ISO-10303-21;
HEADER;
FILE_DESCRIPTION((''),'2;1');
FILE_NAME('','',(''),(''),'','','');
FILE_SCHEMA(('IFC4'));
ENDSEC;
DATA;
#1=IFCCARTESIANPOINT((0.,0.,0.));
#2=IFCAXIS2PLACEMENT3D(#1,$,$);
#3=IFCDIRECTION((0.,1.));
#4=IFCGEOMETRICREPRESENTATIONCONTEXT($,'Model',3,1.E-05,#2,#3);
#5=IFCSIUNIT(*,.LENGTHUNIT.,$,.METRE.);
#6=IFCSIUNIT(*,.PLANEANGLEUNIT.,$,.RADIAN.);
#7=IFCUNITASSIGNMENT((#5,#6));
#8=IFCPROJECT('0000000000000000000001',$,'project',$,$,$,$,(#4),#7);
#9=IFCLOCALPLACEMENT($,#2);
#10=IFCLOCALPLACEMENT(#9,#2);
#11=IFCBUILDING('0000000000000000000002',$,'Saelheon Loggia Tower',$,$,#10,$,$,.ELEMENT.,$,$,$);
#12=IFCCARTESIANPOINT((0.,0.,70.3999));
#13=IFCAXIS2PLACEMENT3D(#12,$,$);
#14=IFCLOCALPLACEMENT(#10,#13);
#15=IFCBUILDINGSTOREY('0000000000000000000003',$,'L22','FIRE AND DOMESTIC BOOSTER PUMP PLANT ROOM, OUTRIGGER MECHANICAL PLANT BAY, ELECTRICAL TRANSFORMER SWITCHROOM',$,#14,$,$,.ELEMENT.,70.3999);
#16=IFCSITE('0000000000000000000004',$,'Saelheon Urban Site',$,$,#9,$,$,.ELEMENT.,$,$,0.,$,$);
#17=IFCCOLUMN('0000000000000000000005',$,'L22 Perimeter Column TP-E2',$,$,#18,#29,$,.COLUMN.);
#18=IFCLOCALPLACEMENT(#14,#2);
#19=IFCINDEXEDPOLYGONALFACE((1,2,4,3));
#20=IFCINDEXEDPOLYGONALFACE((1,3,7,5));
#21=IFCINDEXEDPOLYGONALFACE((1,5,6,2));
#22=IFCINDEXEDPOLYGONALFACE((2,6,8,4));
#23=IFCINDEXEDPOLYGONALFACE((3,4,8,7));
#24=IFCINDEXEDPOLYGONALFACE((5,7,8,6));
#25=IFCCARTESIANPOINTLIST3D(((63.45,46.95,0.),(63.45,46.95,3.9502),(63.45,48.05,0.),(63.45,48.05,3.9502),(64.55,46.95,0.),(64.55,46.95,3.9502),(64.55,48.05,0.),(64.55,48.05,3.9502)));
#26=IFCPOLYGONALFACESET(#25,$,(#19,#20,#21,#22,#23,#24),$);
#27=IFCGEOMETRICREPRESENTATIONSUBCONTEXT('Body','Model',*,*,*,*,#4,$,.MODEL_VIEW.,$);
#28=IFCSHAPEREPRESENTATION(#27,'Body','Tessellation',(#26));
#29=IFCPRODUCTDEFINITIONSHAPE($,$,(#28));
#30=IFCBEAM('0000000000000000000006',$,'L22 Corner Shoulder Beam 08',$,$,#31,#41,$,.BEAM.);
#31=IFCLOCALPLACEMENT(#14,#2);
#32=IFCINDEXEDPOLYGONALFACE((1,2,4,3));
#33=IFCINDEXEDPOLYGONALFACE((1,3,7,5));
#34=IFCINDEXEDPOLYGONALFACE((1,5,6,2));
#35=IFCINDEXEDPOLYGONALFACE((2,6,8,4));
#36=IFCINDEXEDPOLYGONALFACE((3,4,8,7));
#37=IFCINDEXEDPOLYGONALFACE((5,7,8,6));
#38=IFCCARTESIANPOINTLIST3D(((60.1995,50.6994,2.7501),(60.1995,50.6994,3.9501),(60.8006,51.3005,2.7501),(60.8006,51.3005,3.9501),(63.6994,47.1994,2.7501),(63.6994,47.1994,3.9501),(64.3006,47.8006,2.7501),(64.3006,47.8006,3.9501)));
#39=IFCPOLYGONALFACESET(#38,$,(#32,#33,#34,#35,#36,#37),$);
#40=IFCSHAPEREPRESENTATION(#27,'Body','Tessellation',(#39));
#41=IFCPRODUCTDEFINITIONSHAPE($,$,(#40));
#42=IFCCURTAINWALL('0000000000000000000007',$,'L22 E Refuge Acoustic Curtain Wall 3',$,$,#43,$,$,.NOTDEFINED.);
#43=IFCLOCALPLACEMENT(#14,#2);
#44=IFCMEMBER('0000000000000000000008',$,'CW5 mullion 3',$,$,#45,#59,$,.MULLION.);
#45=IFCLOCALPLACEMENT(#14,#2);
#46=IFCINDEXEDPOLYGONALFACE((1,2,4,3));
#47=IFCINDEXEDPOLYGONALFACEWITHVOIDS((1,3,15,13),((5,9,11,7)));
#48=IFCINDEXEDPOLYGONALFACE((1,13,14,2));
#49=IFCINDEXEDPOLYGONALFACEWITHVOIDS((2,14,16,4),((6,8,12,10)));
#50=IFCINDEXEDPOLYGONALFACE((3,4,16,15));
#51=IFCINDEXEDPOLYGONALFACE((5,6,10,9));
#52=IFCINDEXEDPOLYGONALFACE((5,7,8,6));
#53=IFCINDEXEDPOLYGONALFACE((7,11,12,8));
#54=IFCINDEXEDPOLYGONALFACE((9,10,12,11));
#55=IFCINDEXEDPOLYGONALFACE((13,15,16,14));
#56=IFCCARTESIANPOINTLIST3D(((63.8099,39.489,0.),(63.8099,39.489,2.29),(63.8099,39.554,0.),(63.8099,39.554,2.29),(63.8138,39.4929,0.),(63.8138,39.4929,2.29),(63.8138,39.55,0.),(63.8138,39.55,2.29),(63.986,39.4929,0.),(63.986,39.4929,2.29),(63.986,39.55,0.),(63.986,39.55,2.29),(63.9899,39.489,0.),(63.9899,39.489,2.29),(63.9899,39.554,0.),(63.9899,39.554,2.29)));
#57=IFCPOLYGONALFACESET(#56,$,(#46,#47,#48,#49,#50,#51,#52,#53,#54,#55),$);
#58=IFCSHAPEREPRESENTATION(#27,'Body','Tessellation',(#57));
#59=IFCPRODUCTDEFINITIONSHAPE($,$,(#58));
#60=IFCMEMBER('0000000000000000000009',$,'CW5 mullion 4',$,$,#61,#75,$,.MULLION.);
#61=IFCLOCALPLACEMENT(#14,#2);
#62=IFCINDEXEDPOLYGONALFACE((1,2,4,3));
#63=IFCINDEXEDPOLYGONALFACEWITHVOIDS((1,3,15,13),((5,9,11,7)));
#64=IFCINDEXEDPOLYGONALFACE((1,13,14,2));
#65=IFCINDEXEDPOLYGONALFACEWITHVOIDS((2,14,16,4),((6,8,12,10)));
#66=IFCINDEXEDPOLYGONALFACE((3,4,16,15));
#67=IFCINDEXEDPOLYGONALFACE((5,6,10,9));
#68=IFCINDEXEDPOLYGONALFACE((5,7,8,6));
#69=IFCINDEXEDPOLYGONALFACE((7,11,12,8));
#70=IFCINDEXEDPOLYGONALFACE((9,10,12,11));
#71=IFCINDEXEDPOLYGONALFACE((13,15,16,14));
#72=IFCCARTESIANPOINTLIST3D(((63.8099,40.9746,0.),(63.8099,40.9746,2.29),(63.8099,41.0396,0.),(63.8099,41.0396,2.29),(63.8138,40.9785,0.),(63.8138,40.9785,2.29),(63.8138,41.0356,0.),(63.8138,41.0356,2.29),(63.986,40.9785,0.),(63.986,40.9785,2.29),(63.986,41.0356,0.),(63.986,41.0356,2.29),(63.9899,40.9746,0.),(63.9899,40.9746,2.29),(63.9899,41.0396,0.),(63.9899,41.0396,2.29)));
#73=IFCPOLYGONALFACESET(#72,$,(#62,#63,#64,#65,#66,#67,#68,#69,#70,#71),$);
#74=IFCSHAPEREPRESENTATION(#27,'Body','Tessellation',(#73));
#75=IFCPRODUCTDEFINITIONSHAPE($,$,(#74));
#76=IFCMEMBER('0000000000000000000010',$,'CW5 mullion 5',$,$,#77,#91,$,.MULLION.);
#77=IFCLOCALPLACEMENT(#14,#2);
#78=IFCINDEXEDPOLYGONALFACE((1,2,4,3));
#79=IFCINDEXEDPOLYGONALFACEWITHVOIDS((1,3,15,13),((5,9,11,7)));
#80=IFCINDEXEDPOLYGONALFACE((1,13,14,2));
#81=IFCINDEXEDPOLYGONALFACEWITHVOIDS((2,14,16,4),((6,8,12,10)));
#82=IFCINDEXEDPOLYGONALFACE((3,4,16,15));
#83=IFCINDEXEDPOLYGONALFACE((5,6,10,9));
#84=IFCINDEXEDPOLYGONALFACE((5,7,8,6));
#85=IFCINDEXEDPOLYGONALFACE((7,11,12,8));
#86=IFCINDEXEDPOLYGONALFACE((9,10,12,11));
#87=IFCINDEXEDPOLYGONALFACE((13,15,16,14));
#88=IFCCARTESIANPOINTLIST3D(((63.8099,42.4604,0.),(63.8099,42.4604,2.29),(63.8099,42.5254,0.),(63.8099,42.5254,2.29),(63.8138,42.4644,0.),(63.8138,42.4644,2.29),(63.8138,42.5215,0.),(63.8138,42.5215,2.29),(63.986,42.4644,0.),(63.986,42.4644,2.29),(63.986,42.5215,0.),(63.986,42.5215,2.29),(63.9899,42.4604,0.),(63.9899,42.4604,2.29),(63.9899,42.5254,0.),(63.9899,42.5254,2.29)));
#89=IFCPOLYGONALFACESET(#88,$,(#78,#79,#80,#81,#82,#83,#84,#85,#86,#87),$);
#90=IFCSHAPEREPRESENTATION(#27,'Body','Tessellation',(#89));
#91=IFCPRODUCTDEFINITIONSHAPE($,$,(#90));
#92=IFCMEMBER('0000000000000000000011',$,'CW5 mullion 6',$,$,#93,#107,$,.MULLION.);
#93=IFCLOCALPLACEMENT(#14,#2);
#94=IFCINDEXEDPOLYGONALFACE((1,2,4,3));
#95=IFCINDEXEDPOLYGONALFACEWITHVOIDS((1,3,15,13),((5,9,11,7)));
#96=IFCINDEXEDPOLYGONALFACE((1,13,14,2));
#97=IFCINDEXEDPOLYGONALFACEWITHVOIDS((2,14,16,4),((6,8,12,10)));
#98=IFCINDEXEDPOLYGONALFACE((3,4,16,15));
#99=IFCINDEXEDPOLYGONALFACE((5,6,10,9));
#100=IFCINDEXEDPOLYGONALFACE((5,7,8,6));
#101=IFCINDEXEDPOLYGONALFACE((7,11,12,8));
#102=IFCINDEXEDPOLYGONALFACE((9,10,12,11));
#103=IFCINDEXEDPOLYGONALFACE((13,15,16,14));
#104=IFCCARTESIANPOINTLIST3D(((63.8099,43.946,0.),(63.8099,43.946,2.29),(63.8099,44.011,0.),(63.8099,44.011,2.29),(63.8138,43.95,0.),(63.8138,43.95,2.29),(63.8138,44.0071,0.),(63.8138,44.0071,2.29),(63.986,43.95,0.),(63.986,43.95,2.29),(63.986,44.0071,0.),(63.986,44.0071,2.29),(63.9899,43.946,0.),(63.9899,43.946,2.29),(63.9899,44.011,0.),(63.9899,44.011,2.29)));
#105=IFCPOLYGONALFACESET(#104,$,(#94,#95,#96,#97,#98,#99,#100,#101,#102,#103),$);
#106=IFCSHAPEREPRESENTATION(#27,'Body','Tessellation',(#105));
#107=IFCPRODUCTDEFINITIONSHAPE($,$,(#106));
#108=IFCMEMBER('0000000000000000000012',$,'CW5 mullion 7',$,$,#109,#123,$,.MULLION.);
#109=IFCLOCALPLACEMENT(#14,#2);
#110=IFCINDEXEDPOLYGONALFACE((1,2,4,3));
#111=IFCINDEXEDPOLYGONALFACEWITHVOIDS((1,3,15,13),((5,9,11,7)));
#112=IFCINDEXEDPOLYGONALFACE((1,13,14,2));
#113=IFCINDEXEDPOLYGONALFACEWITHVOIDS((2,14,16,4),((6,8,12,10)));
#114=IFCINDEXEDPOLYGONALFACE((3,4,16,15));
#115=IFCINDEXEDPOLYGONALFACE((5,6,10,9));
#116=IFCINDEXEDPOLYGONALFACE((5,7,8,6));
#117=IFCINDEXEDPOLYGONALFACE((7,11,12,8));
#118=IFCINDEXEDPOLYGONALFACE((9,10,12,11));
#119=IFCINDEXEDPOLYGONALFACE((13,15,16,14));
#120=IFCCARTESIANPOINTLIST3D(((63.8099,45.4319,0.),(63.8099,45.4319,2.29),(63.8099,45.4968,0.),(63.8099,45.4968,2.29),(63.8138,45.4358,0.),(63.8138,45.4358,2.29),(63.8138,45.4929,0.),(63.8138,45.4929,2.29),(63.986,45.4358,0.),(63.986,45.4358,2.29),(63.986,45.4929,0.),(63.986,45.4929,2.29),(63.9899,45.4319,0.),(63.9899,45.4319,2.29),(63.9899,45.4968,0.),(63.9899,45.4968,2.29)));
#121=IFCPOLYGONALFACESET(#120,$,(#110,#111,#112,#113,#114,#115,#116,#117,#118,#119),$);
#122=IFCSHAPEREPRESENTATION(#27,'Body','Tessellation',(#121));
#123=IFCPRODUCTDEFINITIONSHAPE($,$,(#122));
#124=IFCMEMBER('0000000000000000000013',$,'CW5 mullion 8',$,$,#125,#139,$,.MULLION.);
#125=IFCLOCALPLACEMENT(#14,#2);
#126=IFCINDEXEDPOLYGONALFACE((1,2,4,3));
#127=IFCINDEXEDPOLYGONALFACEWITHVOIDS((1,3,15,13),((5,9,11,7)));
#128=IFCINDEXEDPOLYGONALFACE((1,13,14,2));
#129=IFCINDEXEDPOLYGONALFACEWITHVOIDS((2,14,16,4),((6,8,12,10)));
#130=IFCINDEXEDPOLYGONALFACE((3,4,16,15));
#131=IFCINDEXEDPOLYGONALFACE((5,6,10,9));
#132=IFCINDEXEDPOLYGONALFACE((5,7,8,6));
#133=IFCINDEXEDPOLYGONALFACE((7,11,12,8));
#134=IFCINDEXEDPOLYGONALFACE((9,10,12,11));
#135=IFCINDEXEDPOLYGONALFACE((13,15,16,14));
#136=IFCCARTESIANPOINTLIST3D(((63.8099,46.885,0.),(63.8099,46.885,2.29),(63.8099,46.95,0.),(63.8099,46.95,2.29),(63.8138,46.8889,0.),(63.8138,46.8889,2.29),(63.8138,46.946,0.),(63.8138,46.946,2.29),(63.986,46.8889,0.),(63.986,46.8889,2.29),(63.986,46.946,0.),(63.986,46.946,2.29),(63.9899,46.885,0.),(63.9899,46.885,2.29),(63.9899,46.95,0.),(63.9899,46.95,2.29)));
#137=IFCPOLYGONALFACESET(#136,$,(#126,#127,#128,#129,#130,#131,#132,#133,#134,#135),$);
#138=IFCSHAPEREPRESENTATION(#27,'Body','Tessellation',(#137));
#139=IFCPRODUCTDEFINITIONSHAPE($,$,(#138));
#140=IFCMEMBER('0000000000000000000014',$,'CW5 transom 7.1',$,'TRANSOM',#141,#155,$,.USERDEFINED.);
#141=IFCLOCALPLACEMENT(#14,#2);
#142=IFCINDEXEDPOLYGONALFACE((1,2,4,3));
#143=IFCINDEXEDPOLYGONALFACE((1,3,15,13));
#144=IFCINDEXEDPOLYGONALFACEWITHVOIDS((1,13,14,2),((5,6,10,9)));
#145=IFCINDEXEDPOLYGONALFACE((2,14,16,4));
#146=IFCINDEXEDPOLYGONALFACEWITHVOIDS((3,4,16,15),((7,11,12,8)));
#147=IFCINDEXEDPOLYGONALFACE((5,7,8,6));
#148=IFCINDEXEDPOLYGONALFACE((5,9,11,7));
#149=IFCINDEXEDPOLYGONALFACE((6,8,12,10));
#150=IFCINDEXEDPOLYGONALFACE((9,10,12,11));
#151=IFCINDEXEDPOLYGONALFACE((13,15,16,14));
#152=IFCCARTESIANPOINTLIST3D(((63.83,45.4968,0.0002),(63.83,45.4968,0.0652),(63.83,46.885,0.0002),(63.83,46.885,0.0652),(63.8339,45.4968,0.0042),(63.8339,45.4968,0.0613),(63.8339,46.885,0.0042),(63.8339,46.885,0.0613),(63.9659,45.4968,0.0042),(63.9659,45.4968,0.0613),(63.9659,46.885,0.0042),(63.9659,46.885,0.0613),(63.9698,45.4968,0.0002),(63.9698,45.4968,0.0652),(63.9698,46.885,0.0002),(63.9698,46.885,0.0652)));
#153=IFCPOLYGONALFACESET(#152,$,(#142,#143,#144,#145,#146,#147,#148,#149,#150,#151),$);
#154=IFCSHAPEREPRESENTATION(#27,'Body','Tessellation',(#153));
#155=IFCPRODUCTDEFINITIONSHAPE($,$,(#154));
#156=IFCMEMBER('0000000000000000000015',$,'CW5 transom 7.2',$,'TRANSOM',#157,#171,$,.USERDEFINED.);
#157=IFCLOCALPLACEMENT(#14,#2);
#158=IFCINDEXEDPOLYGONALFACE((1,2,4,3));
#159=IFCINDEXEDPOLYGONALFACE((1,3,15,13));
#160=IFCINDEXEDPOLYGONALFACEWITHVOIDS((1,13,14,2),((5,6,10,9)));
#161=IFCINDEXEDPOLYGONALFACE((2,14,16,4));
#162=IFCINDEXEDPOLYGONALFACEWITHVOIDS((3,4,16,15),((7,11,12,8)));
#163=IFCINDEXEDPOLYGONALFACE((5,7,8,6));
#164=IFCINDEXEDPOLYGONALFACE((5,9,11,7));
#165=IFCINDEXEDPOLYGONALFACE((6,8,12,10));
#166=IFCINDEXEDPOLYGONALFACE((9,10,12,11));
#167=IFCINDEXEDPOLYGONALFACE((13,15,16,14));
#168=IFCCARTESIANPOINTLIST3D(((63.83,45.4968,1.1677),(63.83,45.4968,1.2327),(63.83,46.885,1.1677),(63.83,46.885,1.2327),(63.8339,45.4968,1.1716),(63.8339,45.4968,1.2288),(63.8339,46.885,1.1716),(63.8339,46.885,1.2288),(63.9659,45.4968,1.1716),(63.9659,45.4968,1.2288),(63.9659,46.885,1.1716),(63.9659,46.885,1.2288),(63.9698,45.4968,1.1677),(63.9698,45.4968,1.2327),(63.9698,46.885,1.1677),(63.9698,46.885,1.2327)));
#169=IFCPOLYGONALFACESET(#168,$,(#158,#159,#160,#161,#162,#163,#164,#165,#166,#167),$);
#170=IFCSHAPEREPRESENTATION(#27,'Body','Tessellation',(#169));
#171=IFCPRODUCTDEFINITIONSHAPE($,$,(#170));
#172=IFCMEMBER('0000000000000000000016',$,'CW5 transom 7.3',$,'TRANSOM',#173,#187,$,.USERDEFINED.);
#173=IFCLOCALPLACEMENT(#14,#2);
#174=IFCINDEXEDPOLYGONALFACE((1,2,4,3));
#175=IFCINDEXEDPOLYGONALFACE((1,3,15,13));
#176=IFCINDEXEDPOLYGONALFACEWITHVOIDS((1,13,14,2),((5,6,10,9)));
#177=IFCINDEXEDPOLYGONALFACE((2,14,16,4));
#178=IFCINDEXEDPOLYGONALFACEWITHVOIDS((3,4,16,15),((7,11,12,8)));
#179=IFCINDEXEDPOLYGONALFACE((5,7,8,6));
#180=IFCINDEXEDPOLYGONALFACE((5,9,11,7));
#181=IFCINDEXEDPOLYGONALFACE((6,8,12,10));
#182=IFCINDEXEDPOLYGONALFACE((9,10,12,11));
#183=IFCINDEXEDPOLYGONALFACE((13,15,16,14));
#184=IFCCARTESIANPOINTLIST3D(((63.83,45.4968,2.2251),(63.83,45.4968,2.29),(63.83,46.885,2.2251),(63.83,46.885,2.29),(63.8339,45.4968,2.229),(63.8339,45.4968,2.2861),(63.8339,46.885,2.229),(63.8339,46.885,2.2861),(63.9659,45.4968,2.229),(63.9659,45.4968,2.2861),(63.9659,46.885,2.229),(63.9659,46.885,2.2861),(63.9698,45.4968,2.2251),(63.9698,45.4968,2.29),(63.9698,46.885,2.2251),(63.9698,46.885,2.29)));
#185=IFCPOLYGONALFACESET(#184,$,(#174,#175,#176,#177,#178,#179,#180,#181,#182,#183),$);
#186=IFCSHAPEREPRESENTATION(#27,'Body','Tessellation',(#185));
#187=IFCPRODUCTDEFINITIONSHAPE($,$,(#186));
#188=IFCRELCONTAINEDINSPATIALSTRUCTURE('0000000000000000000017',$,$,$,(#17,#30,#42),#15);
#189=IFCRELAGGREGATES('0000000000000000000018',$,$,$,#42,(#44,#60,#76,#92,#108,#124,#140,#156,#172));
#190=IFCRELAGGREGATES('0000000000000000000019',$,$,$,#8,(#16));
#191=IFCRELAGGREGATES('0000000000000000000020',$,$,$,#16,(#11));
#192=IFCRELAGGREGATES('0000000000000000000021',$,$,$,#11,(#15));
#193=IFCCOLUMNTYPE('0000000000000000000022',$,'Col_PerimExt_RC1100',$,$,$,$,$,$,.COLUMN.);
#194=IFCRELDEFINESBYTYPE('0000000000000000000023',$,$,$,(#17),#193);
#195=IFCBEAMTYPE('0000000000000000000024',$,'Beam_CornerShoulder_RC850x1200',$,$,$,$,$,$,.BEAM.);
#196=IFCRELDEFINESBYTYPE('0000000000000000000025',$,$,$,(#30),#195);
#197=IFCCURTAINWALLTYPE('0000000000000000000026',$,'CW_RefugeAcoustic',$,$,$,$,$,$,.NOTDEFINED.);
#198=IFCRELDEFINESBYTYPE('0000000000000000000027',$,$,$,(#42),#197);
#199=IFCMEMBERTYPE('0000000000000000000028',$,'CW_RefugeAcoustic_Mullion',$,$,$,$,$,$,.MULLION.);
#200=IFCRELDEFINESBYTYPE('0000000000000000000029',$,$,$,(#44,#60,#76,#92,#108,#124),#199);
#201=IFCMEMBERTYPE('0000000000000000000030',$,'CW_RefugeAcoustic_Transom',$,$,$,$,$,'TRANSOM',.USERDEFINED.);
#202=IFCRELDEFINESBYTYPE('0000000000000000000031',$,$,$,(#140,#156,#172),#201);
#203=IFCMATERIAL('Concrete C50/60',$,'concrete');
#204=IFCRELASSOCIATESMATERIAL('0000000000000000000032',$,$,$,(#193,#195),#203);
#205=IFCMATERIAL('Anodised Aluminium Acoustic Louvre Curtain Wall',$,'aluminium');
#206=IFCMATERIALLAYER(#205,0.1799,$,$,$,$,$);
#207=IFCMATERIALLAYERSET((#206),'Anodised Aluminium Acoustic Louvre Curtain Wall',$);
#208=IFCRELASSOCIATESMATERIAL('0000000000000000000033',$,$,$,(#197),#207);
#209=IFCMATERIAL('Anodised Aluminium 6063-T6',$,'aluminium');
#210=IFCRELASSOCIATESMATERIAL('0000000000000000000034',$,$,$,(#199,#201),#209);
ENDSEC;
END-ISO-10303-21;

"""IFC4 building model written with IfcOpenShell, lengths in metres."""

from ifc_helpers import new_model, si_unit, direction, frame, origin, origin_2d, place, context, subcontext, project, spatial, rectangle, hollow_rectangle, extrude, source, transform, mapped, material, layer, layer_set, material_profile, profile_set, type_object, element, aggregate, save


model = new_model("IFC4")

# Units and contexts
model_context = context("Model", 3, precision=1e-05, world=origin(), true_north=direction((0.0, 1.0)))
body_context = subcontext(model_context, "Body", "Model", "MODEL_VIEW")
ifc_project = project(units=[si_unit("LENGTHUNIT", "METRE"), si_unit("PLANEANGLEUNIT", "RADIAN")], contexts=[model_context])

# Site, building, storey
site_placement = place(None, origin())
site = spatial("IfcSite", under=ifc_project, at=site_placement, Name="Saelheon Urban Site", CompositionType="ELEMENT", RefElevation=0.0)
building_placement = place(site_placement, origin())
building = spatial("IfcBuilding", under=site, at=building_placement, Name="Saelheon Loggia Tower", CompositionType="ELEMENT")
storey_placement = place(building_placement, frame((0.0, 0.0, 70.3999)))
storey = spatial("IfcBuildingStorey", under=building, at=storey_placement, Name="L22", Description="FIRE AND DOMESTIC BOOSTER PUMP PLANT ROOM, OUTRIGGER MECHANICAL PLANT BAY, ELECTRICAL TRANSFORMER SWITCHROOM", CompositionType="ELEMENT", Elevation=70.3999)

# Column
ifc_material_1 = material(Name="Concrete C50/60", Category="concrete")
ifc_material_profile_1 = material_profile(ifc_material_1, rectangle(XDim=1.1001, YDim=1.1001, at=origin_2d()), Name="RC-1100x1100")
ifc_profile_set_1 = profile_set([ifc_material_profile_1], Name="Concrete C50/60")
column_type = type_object("IfcColumnType", Name="Col_PerimExt_RC1100", PredefinedType="COLUMN", material=ifc_profile_set_1)
shared_shape_1 = source(origin(), body_context, "Body", "SweptSolid", [
    extrude(rectangle(XDim=1.1001, YDim=1.1001, at=origin_2d()), origin(), (0.0, 0.0, 1.0), 3.9502),
])
column_placement = place(storey_placement, frame((64.0, 47.5, 0.0), z_axis=(0.0, 0.0, 1.0), x_axis=(1.0, 0.0, 0.0)))
element("IfcColumn", 1, at=column_placement, inside=storey, type_object=column_type, Name="L22 Perimeter Column TP-E2", PredefinedType="COLUMN", context=body_context, shape_type="MappedRepresentation", body=[
    mapped(shared_shape_1, transform((0.0, 0.0, 0.0), scale=1.0)),
])

# Beam
ifc_material_profile_2 = material_profile(ifc_material_1, rectangle(XDim=0.8501, YDim=1.2, at=origin_2d()), Name="RC-850x1200")
ifc_profile_set_2 = profile_set([ifc_material_profile_2], Name="Concrete C50/60")
beam_type = type_object("IfcBeamType", Name="Beam_CornerShoulder_RC850x1200", PredefinedType="BEAM", material=ifc_profile_set_2)
shared_shape_2 = source(origin(), body_context, "Body", "SweptSolid", [
    extrude(rectangle(XDim=0.8501, YDim=1.2, at=origin_2d()), origin(), (0.0, 0.0, 1.0), 4.9497),
])
beam_placement = place(storey_placement, frame((64.0, 47.5, 3.3501), z_axis=(-0.707107, 0.707107, 0.0), x_axis=(-0.707107, -0.707107, 0.0)))
element("IfcBeam", 2, at=beam_placement, inside=storey, type_object=beam_type, Name="L22 Corner Shoulder Beam 08", PredefinedType="BEAM", context=body_context, shape_type="MappedRepresentation", body=[
    mapped(shared_shape_2, transform((0.0, 0.0, 0.0), scale=1.0)),
])

# Curtain wall, members
ifc_material_2 = material(Name="Anodised Aluminium Acoustic Louvre Curtain Wall", Category="aluminium")
ifc_layer_1 = layer(ifc_material_2, 0.1799)
ifc_layer_set_1 = layer_set([ifc_layer_1], Name="Anodised Aluminium Acoustic Louvre Curtain Wall")
curtain_wall_type = type_object("IfcCurtainWallType", Name="CW_RefugeAcoustic", PredefinedType="NOTDEFINED", material=ifc_layer_set_1)
curtain_wall_placement = place(storey_placement, origin())
curtain_wall = element("IfcCurtainWall", 3, at=curtain_wall_placement, inside=storey, type_object=curtain_wall_type, Name="L22 E Refuge Acoustic Curtain Wall 3", PredefinedType="NOTDEFINED")
ifc_material_3 = material(Name="Anodised Aluminium 6063-T6", Category="aluminium")
ifc_material_profile_3 = material_profile(ifc_material_3, hollow_rectangle(XDim=0.0649, YDim=0.1799, WallThickness=0.0039, at=origin_2d()), Name="RHS-180x65x4")
ifc_profile_set_3 = profile_set([ifc_material_profile_3], Name="Anodised Aluminium 6063-T6")
member_type_1 = type_object("IfcMemberType", Name="CW_RefugeAcoustic_Mullion", PredefinedType="MULLION", material=ifc_profile_set_3)
shared_shape_3 = source(origin(), body_context, "Body", "SweptSolid", [
    extrude(hollow_rectangle(XDim=0.0649, YDim=0.1799, WallThickness=0.0039, at=origin_2d()), origin(), (0.0, 0.0, 1.0), 2.29),
])
member_1_placement = place(storey_placement, frame((63.8999, 39.5215, 0.0), z_axis=(0.0, 0.0, 1.0), x_axis=(0.0, 1.0, 0.0)))
member_1 = element("IfcMember", 4, at=member_1_placement, type_object=member_type_1, Name="CW5 mullion 3", PredefinedType="MULLION", context=body_context, shape_type="MappedRepresentation", body=[
    mapped(shared_shape_3, transform((0.0, 0.0, 0.0), scale=1.0)),
])
member_2_placement = place(storey_placement, frame((63.8999, 41.0071, 0.0), z_axis=(0.0, 0.0, 1.0), x_axis=(0.0, 1.0, 0.0)))
member_2 = element("IfcMember", 5, at=member_2_placement, type_object=member_type_1, Name="CW5 mullion 4", PredefinedType="MULLION", context=body_context, shape_type="MappedRepresentation", body=[
    mapped(shared_shape_3, transform((0.0, 0.0, 0.0), scale=1.0)),
])
member_3_placement = place(storey_placement, frame((63.8999, 42.4929, 0.0), z_axis=(0.0, 0.0, 1.0), x_axis=(0.0, 1.0, 0.0)))
member_3 = element("IfcMember", 6, at=member_3_placement, type_object=member_type_1, Name="CW5 mullion 5", PredefinedType="MULLION", context=body_context, shape_type="MappedRepresentation", body=[
    mapped(shared_shape_3, transform((0.0, 0.0, 0.0), scale=1.0)),
])
member_4_placement = place(storey_placement, frame((63.8999, 43.9785, 0.0), z_axis=(0.0, 0.0, 1.0), x_axis=(0.0, 1.0, 0.0)))
member_4 = element("IfcMember", 7, at=member_4_placement, type_object=member_type_1, Name="CW5 mullion 6", PredefinedType="MULLION", context=body_context, shape_type="MappedRepresentation", body=[
    mapped(shared_shape_3, transform((0.0, 0.0, 0.0), scale=1.0)),
])
member_5_placement = place(storey_placement, frame((63.8999, 45.4644, 0.0), z_axis=(0.0, 0.0, 1.0), x_axis=(0.0, 1.0, 0.0)))
member_5 = element("IfcMember", 8, at=member_5_placement, type_object=member_type_1, Name="CW5 mullion 7", PredefinedType="MULLION", context=body_context, shape_type="MappedRepresentation", body=[
    mapped(shared_shape_3, transform((0.0, 0.0, 0.0), scale=1.0)),
])
member_6_placement = place(storey_placement, frame((63.8999, 46.9175, 0.0), z_axis=(0.0, 0.0, 1.0), x_axis=(0.0, 1.0, 0.0)))
member_6 = element("IfcMember", 9, at=member_6_placement, type_object=member_type_1, Name="CW5 mullion 8", PredefinedType="MULLION", context=body_context, shape_type="MappedRepresentation", body=[
    mapped(shared_shape_3, transform((0.0, 0.0, 0.0), scale=1.0)),
])
ifc_material_profile_4 = material_profile(ifc_material_3, hollow_rectangle(XDim=0.0649, YDim=0.1399, WallThickness=0.0039, at=origin_2d()), Name="RHS-140x65x4")
ifc_profile_set_4 = profile_set([ifc_material_profile_4], Name="Anodised Aluminium 6063-T6")
member_type_2 = type_object("IfcMemberType", Name="CW_RefugeAcoustic_Transom", ElementType="TRANSOM", PredefinedType="USERDEFINED", material=ifc_profile_set_4)
shared_shape_4 = source(origin(), body_context, "Body", "SweptSolid", [
    extrude(hollow_rectangle(XDim=0.0649, YDim=0.1399, WallThickness=0.0039, at=origin_2d()), origin(), (0.0, 0.0, 1.0), 1.3882),
])
member_7_placement = place(storey_placement, frame((63.8999, 45.4968, 0.0327), z_axis=(0.0, 1.0, 0.0), x_axis=(0.0, 0.0, 1.0)))
member_7 = element("IfcMember", 10, at=member_7_placement, type_object=member_type_2, Name="CW5 transom 7.1", ObjectType="TRANSOM", PredefinedType="USERDEFINED", context=body_context, shape_type="MappedRepresentation", body=[
    mapped(shared_shape_4, transform((0.0, 0.0, 0.0), scale=1.0)),
])
member_8_placement = place(storey_placement, frame((63.8999, 45.4968, 1.2002), z_axis=(0.0, 1.0, 0.0), x_axis=(0.0, 0.0, 1.0)))
member_8 = element("IfcMember", 11, at=member_8_placement, type_object=member_type_2, Name="CW5 transom 7.2", ObjectType="TRANSOM", PredefinedType="USERDEFINED", context=body_context, shape_type="MappedRepresentation", body=[
    mapped(shared_shape_4, transform((0.0, 0.0, 0.0), scale=1.0)),
])
member_9_placement = place(storey_placement, frame((63.8999, 45.4968, 2.2576), z_axis=(0.0, 1.0, 0.0), x_axis=(0.0, 0.0, 1.0)))
member_9 = element("IfcMember", 12, at=member_9_placement, type_object=member_type_2, Name="CW5 transom 7.3", ObjectType="TRANSOM", PredefinedType="USERDEFINED", context=body_context, shape_type="MappedRepresentation", body=[
    mapped(shared_shape_4, transform((0.0, 0.0, 0.0), scale=1.0)),
])
aggregate(curtain_wall, [member_1, member_2, member_3, member_4, member_5, member_6, member_7, member_8, member_9])

save(model, "model.ifc")
